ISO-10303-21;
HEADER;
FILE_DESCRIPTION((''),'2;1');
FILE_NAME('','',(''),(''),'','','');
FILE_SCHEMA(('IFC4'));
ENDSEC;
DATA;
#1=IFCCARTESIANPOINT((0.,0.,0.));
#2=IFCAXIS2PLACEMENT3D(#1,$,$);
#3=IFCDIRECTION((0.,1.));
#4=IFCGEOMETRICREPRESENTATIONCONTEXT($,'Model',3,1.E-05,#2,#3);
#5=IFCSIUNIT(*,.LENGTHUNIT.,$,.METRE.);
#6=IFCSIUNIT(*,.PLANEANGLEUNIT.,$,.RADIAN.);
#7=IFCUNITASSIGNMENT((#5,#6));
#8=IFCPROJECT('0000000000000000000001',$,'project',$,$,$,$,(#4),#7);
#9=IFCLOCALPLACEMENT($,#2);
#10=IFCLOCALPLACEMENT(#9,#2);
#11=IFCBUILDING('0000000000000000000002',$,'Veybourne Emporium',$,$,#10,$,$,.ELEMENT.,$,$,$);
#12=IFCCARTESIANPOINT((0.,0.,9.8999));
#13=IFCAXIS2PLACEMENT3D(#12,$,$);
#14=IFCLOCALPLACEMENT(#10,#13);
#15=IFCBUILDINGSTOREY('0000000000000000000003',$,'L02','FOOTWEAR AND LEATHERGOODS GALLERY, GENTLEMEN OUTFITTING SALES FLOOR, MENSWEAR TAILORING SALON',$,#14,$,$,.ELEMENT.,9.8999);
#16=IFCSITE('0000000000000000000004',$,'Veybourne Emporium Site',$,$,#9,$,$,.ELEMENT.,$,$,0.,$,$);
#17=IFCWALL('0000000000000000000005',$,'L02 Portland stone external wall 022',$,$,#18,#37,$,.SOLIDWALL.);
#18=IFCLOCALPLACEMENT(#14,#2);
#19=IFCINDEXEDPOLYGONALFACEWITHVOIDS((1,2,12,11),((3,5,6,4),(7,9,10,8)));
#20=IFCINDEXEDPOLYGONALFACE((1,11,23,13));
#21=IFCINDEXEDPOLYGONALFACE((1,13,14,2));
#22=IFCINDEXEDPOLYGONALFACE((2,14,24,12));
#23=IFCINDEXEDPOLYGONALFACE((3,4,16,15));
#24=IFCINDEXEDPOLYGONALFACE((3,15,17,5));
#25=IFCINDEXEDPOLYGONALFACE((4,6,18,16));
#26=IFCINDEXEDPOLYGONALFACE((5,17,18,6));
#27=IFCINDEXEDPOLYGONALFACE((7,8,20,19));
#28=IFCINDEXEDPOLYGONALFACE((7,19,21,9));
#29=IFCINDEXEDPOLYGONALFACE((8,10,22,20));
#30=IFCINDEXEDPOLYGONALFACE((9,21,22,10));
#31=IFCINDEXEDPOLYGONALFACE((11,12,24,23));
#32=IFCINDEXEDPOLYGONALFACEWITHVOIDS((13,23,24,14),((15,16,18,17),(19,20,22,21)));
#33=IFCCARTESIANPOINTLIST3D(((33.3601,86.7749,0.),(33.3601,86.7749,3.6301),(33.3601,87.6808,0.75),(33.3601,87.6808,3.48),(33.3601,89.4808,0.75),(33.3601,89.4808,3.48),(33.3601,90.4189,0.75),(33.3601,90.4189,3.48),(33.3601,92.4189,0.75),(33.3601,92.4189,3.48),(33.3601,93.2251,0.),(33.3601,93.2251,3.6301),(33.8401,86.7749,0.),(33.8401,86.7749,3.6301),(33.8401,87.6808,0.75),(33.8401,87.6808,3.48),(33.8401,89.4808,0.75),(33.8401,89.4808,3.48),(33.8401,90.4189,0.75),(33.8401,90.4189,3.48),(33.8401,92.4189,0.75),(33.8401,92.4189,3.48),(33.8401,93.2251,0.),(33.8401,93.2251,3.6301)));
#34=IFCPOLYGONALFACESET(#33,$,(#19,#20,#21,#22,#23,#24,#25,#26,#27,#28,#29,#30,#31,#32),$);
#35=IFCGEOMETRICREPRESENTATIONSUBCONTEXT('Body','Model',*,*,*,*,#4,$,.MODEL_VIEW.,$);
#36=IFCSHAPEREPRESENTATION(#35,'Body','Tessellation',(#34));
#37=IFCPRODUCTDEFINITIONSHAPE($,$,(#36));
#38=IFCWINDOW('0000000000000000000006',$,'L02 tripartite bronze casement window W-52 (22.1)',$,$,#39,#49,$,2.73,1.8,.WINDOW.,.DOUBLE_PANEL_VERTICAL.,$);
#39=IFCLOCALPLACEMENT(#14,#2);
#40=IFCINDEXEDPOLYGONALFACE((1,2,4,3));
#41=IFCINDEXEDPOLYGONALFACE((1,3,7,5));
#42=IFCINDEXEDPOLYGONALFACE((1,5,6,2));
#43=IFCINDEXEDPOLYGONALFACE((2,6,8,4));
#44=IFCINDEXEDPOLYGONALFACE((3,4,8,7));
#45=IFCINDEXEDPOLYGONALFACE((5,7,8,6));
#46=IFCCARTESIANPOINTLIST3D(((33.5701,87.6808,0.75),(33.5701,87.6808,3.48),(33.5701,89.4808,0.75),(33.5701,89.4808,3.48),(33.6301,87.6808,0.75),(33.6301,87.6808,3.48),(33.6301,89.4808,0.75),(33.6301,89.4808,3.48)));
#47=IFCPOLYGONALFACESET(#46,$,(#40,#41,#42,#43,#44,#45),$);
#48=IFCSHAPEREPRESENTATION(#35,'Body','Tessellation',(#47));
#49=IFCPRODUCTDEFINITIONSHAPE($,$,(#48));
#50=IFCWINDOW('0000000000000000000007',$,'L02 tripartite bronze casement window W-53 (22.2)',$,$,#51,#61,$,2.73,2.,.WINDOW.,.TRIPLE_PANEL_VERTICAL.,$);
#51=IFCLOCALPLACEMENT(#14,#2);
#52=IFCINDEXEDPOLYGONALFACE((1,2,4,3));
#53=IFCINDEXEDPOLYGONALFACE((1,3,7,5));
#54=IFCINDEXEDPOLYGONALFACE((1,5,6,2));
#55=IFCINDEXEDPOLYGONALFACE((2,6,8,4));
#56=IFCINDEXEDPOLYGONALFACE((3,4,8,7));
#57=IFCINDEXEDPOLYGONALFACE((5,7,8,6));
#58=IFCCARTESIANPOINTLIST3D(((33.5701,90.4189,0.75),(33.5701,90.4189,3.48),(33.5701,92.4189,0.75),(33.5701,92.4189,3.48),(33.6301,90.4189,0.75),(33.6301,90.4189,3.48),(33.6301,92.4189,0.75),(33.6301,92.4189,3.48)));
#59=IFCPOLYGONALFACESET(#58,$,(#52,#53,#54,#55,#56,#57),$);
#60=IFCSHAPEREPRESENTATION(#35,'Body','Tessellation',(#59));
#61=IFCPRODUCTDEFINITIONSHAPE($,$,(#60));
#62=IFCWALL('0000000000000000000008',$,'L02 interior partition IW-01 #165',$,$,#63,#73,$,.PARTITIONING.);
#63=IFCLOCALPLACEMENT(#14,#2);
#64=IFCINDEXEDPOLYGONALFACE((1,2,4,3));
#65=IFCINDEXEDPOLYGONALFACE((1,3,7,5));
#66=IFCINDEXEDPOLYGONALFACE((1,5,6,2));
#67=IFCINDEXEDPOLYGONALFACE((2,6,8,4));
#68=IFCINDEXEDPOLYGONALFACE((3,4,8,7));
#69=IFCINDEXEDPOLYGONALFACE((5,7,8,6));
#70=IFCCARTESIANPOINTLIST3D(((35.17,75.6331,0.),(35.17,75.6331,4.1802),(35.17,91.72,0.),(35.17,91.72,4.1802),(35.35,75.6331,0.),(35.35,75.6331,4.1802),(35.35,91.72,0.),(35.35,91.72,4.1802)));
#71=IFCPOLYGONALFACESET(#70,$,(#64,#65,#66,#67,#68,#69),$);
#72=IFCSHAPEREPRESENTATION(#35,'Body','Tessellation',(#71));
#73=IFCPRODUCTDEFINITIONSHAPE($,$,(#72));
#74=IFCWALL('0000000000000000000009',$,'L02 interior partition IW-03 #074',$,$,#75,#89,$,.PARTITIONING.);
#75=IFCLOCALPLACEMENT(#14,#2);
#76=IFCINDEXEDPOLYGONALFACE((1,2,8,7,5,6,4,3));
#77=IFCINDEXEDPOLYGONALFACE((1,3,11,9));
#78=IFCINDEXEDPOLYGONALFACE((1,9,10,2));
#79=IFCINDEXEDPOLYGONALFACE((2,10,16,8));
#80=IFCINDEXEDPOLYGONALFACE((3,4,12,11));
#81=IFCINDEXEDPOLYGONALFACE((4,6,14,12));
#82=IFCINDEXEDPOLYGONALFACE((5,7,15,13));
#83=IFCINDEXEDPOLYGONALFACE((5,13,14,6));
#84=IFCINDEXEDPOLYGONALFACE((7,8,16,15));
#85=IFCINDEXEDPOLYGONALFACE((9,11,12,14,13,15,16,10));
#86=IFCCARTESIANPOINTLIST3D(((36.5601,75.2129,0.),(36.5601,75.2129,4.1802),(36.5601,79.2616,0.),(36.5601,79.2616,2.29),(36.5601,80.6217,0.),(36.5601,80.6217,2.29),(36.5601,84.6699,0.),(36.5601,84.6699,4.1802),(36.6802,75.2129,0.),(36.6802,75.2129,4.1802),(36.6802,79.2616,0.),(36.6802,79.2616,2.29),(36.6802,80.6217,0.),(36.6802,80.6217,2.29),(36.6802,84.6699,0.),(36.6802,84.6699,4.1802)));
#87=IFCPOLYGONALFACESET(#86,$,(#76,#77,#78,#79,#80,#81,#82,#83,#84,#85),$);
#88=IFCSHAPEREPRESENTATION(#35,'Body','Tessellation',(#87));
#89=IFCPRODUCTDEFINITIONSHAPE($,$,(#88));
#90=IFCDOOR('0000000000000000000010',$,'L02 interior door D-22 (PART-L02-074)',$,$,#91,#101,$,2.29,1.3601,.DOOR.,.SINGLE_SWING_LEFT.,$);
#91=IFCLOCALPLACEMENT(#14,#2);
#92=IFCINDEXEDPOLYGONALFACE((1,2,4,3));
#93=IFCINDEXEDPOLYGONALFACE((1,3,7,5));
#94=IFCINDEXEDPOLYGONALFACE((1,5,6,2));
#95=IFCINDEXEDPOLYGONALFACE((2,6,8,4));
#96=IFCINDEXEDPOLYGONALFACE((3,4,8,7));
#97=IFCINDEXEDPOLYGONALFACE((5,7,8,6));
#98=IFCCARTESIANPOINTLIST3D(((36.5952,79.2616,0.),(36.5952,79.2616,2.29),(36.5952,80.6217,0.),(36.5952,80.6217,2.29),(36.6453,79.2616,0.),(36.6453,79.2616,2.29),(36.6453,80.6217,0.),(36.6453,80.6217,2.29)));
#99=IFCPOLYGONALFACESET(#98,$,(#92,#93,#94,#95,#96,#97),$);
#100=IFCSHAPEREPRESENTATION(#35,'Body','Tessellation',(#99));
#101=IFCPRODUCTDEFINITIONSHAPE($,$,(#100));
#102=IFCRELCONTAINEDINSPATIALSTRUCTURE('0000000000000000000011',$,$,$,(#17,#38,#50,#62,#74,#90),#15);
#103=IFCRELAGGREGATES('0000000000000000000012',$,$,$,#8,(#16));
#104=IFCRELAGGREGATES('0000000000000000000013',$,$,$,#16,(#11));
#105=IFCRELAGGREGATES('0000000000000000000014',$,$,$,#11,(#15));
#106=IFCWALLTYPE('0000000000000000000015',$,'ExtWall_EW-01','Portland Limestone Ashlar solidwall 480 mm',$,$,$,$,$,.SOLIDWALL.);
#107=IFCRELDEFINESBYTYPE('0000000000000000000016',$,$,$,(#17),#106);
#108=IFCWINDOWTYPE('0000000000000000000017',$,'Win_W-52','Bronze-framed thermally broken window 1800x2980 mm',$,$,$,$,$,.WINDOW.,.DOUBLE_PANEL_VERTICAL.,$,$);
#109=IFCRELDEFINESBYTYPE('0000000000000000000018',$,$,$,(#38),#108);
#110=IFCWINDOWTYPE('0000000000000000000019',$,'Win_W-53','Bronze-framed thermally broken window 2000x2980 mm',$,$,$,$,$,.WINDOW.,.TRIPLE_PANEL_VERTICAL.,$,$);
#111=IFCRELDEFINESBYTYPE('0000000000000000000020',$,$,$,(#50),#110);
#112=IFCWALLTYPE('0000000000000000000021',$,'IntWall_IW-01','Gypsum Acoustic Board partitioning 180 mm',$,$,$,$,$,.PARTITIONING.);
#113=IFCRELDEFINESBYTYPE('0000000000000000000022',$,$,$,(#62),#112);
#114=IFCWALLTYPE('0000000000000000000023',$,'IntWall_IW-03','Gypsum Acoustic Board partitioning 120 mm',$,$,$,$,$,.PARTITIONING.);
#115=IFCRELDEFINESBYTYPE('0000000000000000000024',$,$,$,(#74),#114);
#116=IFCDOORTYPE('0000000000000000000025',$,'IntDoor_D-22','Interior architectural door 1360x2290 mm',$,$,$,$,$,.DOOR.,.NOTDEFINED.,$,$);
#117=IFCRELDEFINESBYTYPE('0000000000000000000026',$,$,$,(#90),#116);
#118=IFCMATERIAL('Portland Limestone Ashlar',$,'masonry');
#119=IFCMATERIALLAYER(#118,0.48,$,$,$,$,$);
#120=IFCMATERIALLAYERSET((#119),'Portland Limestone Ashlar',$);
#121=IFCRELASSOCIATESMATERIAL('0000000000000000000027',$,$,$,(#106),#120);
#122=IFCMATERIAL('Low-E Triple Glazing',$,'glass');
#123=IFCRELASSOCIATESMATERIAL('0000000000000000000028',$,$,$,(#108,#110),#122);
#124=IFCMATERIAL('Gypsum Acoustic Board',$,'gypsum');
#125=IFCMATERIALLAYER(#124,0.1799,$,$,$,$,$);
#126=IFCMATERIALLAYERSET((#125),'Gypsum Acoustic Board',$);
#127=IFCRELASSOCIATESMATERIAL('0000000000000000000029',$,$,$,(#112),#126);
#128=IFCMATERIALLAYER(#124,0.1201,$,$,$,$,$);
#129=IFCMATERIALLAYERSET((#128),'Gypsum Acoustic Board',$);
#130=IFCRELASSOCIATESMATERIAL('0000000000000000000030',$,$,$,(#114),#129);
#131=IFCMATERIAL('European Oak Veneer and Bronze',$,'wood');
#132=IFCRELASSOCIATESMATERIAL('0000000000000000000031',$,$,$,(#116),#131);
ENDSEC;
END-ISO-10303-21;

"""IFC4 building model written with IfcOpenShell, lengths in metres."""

from ifc_helpers import new_model, si_unit, direction, frame, frame_2d, origin, place, context, subcontext, project, spatial, rectangle, extrude, material, layer, layer_set, type_object, element, fill, save


model = new_model("IFC4")

# Units and contexts
model_context = context("Model", 3, precision=1e-05, world=origin(), true_north=direction((0.0, 1.0)))
body_context = subcontext(model_context, "Body", "Model", "MODEL_VIEW")
ifc_project = project(units=[si_unit("LENGTHUNIT", "METRE"), si_unit("PLANEANGLEUNIT", "RADIAN")], contexts=[model_context])

# Site, building, storey
site_placement = place(None, origin())
site = spatial("IfcSite", under=ifc_project, at=site_placement, Name="Veybourne Emporium Site", CompositionType="ELEMENT", RefElevation=0.0)
building_placement = place(site_placement, origin())
building = spatial("IfcBuilding", under=site, at=building_placement, Name="Veybourne Emporium", CompositionType="ELEMENT")
storey_placement = place(building_placement, frame((0.0, 0.0, 9.8999)))
storey = spatial("IfcBuildingStorey", under=building, at=storey_placement, Name="L02", Description="FOOTWEAR AND LEATHERGOODS GALLERY, GENTLEMEN OUTFITTING SALES FLOOR, MENSWEAR TAILORING SALON", CompositionType="ELEMENT", Elevation=9.8999)

# Wall, openings, windows
ifc_material_1 = material(Name="Portland Limestone Ashlar", Category="masonry")
ifc_layer_1 = layer(ifc_material_1, 0.48)
ifc_layer_set_1 = layer_set([ifc_layer_1], Name="Portland Limestone Ashlar")
wall_type_1 = type_object("IfcWallType", Name="ExtWall_EW-01", Description="Portland Limestone Ashlar solidwall 480 mm", PredefinedType="SOLIDWALL", material=ifc_layer_set_1)
ifc_material_2 = material(Name="Low-E Triple Glazing", Category="glass")
wall_1_placement = place(storey_placement, frame((33.6001, 86.7749, 0.0), z_axis=(0.0, 0.0, 1.0), x_axis=(0.0, 1.0, 0.0)))
wall_1 = element("IfcWall", 1, at=wall_1_placement, inside=storey, type_object=wall_type_1, Name="L02 Portland stone external wall 022", PredefinedType="SOLIDWALL", context=body_context, shape_type="SweptSolid", body=[
    extrude(rectangle(XDim=6.4502, YDim=0.48, at=frame_2d((3.2251, 0.0))), origin(), (0.0, 0.0, 1.0), 3.6301),
])
opening_1_placement = place(wall_1_placement, frame((0.906, 0.0, 0.75)))
opening_1 = element("IfcOpeningElement", 2, at=opening_1_placement, cuts=wall_1, PredefinedType="OPENING", context=body_context, shape_type="SweptSolid", body=[
    extrude(rectangle(XDim=1.8, YDim=2.73, at=frame_2d((0.8999, 1.365))), frame((0.0, 0.26, 0.0), z_axis=(0.0, -1.0, 0.0), x_axis=(1.0, 0.0, 0.0)), (0.0, 0.0, 1.0), 0.52),
])
opening_2_placement = place(wall_1_placement, frame((3.644, 0.0, 0.75)))
opening_2 = element("IfcOpeningElement", 3, at=opening_2_placement, cuts=wall_1, PredefinedType="OPENING", context=body_context, shape_type="SweptSolid", body=[
    extrude(rectangle(XDim=2.0, YDim=2.73, at=frame_2d((1.0, 1.365))), frame((0.0, 0.26, 0.0), z_axis=(0.0, -1.0, 0.0), x_axis=(1.0, 0.0, 0.0)), (0.0, 0.0, 1.0), 0.52),
])
window_type_1 = type_object("IfcWindowType", Name="Win_W-52", Description="Bronze-framed thermally broken window 1800x2980 mm", PartitioningType="DOUBLE_PANEL_VERTICAL", PredefinedType="WINDOW", material=ifc_material_2)
window_1_placement = place(opening_1_placement, origin())
window_1 = element("IfcWindow", 4, at=window_1_placement, inside=storey, type_object=window_type_1, Name="L02 tripartite bronze casement window W-52 (22.1)", OverallHeight=2.73, OverallWidth=1.8, PartitioningType="DOUBLE_PANEL_VERTICAL", PredefinedType="WINDOW", context=body_context, shape_type="SweptSolid", body=[
    extrude(rectangle(XDim=1.8, YDim=2.73, at=frame_2d((0.8999, 1.365))), frame((0.0, 0.03, 0.0), z_axis=(0.0, -1.0, 0.0), x_axis=(1.0, 0.0, 0.0)), (0.0, 0.0, 1.0), 0.0601),
])
fill(opening_1, window_1)
window_type_2 = type_object("IfcWindowType", Name="Win_W-53", Description="Bronze-framed thermally broken window 2000x2980 mm", PartitioningType="TRIPLE_PANEL_VERTICAL", PredefinedType="WINDOW", material=ifc_material_2)
window_2_placement = place(opening_2_placement, origin())
window_2 = element("IfcWindow", 5, at=window_2_placement, inside=storey, type_object=window_type_2, Name="L02 tripartite bronze casement window W-53 (22.2)", OverallHeight=2.73, OverallWidth=2.0, PartitioningType="TRIPLE_PANEL_VERTICAL", PredefinedType="WINDOW", context=body_context, shape_type="SweptSolid", body=[
    extrude(rectangle(XDim=2.0, YDim=2.73, at=frame_2d((1.0, 1.365))), frame((0.0, 0.03, 0.0), z_axis=(0.0, -1.0, 0.0), x_axis=(1.0, 0.0, 0.0)), (0.0, 0.0, 1.0), 0.0601),
])
fill(opening_2, window_2)

# Wall
ifc_material_3 = material(Name="Gypsum Acoustic Board", Category="gypsum")
ifc_layer_2 = layer(ifc_material_3, 0.1799)
ifc_layer_set_2 = layer_set([ifc_layer_2], Name="Gypsum Acoustic Board")
wall_type_2 = type_object("IfcWallType", Name="IntWall_IW-01", Description="Gypsum Acoustic Board partitioning 180 mm", PredefinedType="PARTITIONING", material=ifc_layer_set_2)
wall_2_placement = place(storey_placement, frame((35.26, 75.6331, 0.0), z_axis=(0.0, 0.0, 1.0), x_axis=(0.0, 1.0, 0.0)))
element("IfcWall", 6, at=wall_2_placement, inside=storey, type_object=wall_type_2, Name="L02 interior partition IW-01 #165", PredefinedType="PARTITIONING", context=body_context, shape_type="SweptSolid", body=[
    extrude(rectangle(XDim=16.0869, YDim=0.1799, at=frame_2d((8.0435, 0.0))), origin(), (0.0, 0.0, 1.0), 4.1802),
])

# Wall, opening, door
ifc_layer_3 = layer(ifc_material_3, 0.1201)
ifc_layer_set_3 = layer_set([ifc_layer_3], Name="Gypsum Acoustic Board")
wall_type_3 = type_object("IfcWallType", Name="IntWall_IW-03", Description="Gypsum Acoustic Board partitioning 120 mm", PredefinedType="PARTITIONING", material=ifc_layer_set_3)
wall_3_placement = place(storey_placement, frame((36.6201, 75.2129, 0.0), z_axis=(0.0, 0.0, 1.0), x_axis=(0.0, 1.0, 0.0)))
wall_3 = element("IfcWall", 7, at=wall_3_placement, inside=storey, type_object=wall_type_3, Name="L02 interior partition IW-03 #074", PredefinedType="PARTITIONING", context=body_context, shape_type="SweptSolid", body=[
    extrude(rectangle(XDim=9.457, YDim=0.1201, at=frame_2d((4.7285, 0.0))), origin(), (0.0, 0.0, 1.0), 4.1802),
])
opening_3_placement = place(wall_3_placement, frame((4.0486, 0.0, 0.0)))
opening_3 = element("IfcOpeningElement", 8, at=opening_3_placement, cuts=wall_3, PredefinedType="OPENING", context=body_context, shape_type="SweptSolid", body=[
    extrude(rectangle(XDim=1.3601, YDim=2.29, at=frame_2d((0.6802, 1.145))), frame((0.0, 0.0801, 0.0), z_axis=(0.0, -1.0, 0.0), x_axis=(1.0, 0.0, 0.0)), (0.0, 0.0, 1.0), 0.1602),
])
ifc_material_4 = material(Name="European Oak Veneer and Bronze", Category="wood")
door_type = type_object("IfcDoorType", Name="IntDoor_D-22", Description="Interior architectural door 1360x2290 mm", OperationType="NOTDEFINED", PredefinedType="DOOR", material=ifc_material_4)
door_placement = place(opening_3_placement, origin())
door = element("IfcDoor", 9, at=door_placement, inside=storey, type_object=door_type, Name="L02 interior door D-22 (PART-L02-074)", OperationType="SINGLE_SWING_LEFT", OverallHeight=2.29, OverallWidth=1.3601, PredefinedType="DOOR", context=body_context, shape_type="SweptSolid", body=[
    extrude(rectangle(XDim=1.3601, YDim=2.29, at=frame_2d((0.6802, 1.145))), frame((0.0, 0.0249, 0.0), z_axis=(0.0, -1.0, 0.0), x_axis=(1.0, 0.0, 0.0)), (0.0, 0.0, 1.0), 0.05),
])
fill(opening_3, door)

save(model, "model.ifc")
